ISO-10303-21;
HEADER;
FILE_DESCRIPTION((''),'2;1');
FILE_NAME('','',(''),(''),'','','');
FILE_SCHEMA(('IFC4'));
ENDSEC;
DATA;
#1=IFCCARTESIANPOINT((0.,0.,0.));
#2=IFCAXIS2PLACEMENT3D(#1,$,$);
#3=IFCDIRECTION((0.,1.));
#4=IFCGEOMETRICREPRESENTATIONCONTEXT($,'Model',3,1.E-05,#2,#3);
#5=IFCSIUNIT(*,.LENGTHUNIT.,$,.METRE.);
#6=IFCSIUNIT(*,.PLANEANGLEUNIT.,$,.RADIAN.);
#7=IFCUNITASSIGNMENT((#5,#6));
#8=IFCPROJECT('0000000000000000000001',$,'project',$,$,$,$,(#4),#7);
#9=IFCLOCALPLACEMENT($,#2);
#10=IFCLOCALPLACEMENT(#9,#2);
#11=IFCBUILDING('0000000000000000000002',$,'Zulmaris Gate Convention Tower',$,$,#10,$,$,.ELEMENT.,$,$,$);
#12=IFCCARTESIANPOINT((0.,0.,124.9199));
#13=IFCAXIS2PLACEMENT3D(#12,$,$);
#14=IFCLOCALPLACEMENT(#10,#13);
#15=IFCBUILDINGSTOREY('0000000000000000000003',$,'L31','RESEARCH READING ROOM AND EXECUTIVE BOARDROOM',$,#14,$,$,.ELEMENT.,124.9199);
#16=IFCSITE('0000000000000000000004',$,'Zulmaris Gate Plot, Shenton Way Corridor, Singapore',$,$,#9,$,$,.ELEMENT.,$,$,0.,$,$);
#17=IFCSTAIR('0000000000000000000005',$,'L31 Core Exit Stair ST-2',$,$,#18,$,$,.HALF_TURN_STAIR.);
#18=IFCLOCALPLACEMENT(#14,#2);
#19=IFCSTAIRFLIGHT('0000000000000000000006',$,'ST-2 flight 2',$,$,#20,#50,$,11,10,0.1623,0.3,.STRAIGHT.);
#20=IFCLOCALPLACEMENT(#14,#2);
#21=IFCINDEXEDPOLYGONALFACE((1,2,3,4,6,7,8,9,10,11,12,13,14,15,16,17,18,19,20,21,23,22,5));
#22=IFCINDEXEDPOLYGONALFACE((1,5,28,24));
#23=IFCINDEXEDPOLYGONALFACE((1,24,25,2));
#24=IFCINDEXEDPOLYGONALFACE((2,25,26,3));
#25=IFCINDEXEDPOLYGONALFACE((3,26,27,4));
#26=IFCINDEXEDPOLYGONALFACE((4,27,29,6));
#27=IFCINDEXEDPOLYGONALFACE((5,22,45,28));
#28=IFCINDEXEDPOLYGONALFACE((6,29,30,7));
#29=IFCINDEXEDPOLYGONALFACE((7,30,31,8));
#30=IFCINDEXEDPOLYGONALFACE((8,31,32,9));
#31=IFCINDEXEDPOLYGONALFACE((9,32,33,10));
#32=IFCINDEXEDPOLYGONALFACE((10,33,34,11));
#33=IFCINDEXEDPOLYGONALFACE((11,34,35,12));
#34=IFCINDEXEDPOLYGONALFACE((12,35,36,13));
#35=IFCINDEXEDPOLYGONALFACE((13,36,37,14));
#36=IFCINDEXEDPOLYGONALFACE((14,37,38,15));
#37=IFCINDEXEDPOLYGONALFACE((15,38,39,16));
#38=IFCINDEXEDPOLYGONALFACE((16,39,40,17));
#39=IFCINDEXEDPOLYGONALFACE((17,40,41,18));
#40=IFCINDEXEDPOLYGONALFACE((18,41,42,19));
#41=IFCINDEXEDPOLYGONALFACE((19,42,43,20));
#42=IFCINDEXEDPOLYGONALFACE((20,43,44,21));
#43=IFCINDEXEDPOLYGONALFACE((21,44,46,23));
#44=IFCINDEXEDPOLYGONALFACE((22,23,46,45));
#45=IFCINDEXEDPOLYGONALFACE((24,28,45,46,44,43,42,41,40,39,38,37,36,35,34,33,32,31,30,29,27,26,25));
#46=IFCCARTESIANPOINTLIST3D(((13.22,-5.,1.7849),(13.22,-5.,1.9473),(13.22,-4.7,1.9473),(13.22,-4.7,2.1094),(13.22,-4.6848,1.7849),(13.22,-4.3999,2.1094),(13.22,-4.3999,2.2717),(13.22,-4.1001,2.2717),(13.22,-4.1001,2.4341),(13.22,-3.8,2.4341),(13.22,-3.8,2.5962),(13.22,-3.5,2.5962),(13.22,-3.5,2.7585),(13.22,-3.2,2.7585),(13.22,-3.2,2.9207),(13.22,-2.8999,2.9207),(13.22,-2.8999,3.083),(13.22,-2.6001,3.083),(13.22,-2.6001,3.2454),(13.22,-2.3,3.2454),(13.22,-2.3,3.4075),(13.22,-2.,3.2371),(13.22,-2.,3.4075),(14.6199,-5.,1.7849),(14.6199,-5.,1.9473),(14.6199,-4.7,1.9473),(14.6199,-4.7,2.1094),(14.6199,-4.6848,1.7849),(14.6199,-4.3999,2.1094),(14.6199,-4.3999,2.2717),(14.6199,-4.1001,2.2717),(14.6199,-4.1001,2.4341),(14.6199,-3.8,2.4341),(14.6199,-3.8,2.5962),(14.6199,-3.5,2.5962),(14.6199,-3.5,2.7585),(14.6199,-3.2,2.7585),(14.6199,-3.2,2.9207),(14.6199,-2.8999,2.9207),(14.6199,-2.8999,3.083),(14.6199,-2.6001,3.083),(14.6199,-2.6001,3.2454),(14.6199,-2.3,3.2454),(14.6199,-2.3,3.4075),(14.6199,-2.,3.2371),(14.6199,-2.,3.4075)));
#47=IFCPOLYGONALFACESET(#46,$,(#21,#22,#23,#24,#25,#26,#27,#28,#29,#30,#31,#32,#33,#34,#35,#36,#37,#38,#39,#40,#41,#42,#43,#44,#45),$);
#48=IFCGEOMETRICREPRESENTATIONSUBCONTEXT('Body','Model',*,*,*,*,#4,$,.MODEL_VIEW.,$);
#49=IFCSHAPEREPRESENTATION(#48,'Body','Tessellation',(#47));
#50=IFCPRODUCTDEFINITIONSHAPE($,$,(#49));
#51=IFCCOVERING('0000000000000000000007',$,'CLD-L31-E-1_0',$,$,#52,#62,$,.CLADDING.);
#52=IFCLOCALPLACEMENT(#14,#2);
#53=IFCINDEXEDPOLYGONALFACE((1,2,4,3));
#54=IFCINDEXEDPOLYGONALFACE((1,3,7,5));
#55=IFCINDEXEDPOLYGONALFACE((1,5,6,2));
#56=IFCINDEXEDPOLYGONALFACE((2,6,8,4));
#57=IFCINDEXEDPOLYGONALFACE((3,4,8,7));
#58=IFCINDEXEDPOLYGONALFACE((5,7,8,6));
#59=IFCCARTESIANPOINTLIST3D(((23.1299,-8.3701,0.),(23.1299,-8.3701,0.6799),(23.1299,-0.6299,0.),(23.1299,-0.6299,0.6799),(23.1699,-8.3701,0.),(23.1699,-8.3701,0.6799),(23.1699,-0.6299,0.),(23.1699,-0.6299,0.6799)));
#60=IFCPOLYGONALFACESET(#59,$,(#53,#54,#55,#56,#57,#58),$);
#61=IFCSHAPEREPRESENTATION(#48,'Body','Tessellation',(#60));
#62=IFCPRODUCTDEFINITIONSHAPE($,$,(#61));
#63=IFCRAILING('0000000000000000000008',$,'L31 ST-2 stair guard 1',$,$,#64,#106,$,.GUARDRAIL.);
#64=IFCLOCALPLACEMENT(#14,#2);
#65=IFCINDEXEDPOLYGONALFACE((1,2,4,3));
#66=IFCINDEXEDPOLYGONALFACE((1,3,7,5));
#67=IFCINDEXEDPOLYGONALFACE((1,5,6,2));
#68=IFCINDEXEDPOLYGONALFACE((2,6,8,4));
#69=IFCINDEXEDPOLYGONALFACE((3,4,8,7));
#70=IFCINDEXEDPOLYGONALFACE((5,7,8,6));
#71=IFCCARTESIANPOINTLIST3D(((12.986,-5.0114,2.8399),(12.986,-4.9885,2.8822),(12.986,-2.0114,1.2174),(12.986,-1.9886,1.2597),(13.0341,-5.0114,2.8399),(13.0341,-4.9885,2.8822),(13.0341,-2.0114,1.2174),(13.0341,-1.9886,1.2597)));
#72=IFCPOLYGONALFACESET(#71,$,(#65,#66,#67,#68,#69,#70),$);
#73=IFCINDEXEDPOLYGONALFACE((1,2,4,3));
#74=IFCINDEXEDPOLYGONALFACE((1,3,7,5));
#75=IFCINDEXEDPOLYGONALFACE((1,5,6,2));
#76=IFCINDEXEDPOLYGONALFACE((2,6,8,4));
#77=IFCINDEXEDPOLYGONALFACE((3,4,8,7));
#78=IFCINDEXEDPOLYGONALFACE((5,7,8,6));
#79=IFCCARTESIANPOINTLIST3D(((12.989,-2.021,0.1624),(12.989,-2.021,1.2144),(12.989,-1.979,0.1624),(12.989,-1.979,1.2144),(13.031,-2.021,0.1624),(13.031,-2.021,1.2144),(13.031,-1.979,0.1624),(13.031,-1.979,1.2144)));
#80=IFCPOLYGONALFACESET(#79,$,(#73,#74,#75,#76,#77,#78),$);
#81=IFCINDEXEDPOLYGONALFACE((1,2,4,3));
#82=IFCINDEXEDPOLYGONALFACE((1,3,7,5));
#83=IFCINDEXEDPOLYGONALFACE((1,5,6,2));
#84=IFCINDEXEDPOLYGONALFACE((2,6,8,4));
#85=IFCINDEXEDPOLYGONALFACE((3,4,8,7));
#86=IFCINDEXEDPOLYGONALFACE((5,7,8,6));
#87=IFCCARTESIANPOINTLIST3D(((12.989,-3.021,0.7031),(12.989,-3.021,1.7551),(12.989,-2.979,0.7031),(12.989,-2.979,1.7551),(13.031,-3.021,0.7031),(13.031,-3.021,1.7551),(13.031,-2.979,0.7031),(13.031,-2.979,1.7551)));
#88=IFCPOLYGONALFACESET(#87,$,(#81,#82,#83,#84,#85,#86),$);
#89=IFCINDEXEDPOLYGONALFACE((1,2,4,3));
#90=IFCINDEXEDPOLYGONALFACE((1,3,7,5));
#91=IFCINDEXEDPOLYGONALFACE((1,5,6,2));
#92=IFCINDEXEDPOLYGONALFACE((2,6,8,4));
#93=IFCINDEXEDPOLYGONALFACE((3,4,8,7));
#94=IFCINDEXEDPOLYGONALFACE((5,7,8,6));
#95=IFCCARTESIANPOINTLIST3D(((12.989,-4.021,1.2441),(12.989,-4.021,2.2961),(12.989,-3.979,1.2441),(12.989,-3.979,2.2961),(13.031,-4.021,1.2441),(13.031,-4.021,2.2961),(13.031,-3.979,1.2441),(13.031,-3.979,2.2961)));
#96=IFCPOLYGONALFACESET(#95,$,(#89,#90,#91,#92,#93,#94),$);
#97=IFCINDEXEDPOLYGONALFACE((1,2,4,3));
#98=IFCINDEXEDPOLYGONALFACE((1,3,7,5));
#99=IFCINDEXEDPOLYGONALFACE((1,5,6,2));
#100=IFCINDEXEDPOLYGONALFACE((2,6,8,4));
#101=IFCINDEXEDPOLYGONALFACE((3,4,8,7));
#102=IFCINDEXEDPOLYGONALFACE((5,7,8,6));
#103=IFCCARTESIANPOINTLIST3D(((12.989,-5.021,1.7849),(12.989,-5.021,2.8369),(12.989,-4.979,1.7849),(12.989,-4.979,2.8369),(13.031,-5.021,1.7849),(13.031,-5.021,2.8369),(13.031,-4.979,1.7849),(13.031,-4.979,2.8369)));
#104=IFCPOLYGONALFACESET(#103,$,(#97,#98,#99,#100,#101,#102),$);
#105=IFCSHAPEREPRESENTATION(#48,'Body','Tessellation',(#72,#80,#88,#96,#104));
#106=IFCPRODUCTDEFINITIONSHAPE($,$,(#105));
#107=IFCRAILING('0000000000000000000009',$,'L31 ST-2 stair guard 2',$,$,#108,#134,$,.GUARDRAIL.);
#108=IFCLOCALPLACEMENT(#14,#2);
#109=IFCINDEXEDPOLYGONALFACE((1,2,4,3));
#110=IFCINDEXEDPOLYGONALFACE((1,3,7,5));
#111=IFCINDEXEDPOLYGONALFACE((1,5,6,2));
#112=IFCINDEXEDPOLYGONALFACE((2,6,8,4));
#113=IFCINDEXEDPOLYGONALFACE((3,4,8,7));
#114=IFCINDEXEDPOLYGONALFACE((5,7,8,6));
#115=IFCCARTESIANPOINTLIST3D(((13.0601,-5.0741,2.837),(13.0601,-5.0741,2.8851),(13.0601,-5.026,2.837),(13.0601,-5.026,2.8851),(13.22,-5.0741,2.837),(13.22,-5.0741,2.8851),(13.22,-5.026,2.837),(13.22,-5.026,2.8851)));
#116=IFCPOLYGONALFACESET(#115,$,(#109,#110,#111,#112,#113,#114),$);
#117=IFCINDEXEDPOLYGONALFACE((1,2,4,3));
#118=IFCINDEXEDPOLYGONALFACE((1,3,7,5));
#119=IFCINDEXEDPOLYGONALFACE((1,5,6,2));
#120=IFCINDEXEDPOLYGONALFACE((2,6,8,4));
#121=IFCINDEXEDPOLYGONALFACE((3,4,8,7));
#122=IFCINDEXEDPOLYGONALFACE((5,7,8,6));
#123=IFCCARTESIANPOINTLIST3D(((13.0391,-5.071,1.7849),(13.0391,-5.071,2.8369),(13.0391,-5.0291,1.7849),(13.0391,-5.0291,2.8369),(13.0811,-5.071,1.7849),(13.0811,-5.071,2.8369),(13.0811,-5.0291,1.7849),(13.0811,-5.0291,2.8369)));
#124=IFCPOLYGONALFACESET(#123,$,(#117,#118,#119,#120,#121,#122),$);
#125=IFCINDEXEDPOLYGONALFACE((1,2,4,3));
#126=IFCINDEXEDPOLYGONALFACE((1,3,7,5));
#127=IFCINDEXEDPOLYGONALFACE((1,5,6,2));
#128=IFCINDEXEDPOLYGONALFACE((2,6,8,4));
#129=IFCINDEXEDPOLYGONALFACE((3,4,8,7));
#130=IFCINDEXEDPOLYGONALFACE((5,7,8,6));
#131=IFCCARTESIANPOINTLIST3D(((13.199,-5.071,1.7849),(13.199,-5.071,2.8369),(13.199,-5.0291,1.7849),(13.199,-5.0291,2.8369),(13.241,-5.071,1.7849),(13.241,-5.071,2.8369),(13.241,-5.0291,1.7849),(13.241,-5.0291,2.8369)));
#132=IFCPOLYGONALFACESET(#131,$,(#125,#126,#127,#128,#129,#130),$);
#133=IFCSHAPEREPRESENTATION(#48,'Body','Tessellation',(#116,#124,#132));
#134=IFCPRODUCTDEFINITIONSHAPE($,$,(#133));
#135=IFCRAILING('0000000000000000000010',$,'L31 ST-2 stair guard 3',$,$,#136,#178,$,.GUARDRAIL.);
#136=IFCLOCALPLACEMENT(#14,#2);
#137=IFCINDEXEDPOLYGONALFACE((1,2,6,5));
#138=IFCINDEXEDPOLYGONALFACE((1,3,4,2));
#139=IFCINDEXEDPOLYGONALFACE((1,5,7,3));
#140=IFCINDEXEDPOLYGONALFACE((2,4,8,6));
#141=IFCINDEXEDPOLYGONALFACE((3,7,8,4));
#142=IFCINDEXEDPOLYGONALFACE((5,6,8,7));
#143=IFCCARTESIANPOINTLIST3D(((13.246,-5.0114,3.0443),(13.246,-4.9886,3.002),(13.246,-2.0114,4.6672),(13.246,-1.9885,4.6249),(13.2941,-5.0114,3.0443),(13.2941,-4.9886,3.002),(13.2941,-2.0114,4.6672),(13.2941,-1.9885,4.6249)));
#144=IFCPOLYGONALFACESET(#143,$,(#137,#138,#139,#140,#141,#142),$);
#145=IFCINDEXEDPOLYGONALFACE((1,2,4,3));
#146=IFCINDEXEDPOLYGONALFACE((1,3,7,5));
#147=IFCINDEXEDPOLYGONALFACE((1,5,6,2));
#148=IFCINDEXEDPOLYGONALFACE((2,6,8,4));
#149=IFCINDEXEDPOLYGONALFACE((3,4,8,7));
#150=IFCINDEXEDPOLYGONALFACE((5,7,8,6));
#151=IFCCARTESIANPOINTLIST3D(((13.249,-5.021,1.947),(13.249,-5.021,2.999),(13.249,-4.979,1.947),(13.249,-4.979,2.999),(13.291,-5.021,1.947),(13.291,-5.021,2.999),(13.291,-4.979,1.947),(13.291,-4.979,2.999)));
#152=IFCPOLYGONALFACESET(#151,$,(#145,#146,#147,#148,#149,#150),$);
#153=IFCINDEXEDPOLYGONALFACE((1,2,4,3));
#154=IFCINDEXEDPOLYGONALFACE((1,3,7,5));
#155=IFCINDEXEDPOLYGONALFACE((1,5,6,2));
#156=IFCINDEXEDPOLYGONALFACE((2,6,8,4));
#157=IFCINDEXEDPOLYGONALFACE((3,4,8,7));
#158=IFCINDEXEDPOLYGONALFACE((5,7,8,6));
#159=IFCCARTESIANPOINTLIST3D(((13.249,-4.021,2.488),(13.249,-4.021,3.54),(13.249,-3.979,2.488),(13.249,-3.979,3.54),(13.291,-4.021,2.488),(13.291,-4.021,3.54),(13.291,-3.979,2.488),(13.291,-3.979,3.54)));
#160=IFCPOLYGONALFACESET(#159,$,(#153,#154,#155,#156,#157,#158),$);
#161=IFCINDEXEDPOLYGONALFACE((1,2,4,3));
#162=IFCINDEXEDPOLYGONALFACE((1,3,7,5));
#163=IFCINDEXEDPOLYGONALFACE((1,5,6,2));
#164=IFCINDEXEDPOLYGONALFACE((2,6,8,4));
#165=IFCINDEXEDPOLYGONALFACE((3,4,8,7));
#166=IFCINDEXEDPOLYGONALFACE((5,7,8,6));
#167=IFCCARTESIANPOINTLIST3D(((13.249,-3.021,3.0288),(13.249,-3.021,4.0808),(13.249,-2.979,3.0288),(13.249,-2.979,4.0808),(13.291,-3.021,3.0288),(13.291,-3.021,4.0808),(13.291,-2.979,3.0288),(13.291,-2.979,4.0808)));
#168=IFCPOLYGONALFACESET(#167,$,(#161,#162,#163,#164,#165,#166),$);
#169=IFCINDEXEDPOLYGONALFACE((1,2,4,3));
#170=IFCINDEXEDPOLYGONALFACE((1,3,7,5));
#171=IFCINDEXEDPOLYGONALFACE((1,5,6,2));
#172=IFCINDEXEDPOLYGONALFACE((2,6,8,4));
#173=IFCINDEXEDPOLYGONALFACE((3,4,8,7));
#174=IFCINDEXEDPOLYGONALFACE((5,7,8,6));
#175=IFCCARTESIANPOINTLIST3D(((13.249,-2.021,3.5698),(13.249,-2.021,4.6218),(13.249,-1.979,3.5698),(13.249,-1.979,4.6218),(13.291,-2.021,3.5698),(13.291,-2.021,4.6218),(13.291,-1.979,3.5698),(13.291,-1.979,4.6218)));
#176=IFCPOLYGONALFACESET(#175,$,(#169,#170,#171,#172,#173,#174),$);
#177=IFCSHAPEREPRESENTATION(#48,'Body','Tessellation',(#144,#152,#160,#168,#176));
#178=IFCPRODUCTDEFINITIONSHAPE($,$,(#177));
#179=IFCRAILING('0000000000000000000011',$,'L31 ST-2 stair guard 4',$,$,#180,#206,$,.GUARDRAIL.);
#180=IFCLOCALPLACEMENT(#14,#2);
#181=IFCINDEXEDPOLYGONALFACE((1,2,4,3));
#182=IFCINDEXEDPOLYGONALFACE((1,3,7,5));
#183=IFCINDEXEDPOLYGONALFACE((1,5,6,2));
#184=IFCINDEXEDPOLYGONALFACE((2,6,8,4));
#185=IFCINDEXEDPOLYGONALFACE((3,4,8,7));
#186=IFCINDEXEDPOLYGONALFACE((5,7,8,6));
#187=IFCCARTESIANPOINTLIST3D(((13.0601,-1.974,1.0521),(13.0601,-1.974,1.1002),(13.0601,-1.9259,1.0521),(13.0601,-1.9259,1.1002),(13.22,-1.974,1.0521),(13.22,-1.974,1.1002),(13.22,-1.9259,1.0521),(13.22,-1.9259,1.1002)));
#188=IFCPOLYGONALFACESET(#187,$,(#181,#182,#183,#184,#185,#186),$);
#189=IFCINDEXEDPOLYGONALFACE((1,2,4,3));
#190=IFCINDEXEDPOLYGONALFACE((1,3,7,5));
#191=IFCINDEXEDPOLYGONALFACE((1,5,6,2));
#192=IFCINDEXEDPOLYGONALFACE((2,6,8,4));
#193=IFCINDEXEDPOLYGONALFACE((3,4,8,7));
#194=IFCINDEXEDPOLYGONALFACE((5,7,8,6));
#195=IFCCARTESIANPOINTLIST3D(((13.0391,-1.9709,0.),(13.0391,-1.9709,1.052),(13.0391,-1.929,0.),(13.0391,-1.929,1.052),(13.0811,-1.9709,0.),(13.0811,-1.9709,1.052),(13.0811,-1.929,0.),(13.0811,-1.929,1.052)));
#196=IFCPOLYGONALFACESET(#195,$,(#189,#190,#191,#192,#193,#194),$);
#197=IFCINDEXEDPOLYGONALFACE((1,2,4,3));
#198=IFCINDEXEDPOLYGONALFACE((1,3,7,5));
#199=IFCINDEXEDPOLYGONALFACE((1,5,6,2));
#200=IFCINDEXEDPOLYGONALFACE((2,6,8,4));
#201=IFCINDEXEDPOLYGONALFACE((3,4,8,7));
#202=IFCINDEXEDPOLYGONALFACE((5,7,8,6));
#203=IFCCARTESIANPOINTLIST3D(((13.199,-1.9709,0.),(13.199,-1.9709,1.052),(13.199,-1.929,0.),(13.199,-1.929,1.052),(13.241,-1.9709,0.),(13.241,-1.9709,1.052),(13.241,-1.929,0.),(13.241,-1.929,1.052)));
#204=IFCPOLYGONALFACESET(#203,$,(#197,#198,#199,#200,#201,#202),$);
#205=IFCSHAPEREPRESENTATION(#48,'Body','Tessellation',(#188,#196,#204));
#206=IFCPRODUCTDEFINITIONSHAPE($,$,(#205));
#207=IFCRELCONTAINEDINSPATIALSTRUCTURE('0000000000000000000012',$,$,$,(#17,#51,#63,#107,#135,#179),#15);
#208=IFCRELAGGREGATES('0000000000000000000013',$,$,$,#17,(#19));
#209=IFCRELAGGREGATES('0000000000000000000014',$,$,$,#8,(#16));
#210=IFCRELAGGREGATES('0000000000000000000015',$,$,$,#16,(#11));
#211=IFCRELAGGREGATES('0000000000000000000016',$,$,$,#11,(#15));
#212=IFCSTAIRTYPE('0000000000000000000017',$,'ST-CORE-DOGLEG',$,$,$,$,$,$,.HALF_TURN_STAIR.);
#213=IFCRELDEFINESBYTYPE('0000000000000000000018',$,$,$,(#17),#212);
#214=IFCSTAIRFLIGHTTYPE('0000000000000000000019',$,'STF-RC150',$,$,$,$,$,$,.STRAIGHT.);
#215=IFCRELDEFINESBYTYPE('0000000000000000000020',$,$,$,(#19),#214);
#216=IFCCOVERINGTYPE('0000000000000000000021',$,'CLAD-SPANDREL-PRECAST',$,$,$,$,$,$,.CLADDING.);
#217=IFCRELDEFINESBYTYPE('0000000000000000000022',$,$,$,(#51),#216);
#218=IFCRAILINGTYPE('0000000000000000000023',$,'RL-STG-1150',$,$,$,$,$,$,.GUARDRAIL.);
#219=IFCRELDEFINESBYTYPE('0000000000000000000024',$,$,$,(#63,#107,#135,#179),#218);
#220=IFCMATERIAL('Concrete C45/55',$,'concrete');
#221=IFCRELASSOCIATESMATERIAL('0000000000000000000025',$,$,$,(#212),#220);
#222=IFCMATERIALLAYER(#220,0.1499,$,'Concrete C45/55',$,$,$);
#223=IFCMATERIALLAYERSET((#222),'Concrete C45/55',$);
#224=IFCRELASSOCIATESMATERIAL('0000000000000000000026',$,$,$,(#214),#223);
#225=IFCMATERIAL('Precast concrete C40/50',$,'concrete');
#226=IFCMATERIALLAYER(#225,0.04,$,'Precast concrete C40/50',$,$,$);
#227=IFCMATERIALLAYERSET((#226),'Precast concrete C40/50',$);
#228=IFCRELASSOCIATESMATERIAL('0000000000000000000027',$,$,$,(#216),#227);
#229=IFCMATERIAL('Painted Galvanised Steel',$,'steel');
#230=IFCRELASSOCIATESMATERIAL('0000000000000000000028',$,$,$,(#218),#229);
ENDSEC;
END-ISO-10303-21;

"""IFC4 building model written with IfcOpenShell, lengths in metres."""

from ifc_helpers import new_model, si_unit, direction, frame, frame_2d, origin, origin_2d, place, context, subcontext, project, spatial, polyline, rectangle, outline, extrude, material, layer, layer_set, type_object, element, aggregate, save


model = new_model("IFC4")

# Units and contexts
model_context = context("Model", 3, precision=1e-05, world=origin(), true_north=direction((0.0, 1.0)))
body_context = subcontext(model_context, "Body", "Model", "MODEL_VIEW")
ifc_project = project(units=[si_unit("LENGTHUNIT", "METRE"), si_unit("PLANEANGLEUNIT", "RADIAN")], contexts=[model_context])

# Site, building, storey
site_placement = place(None, origin())
site = spatial("IfcSite", under=ifc_project, at=site_placement, Name="Zulmaris Gate Plot, Shenton Way Corridor, Singapore", CompositionType="ELEMENT", RefElevation=0.0)
building_placement = place(site_placement, origin())
building = spatial("IfcBuilding", under=site, at=building_placement, Name="Zulmaris Gate Convention Tower", CompositionType="ELEMENT")
storey_placement = place(building_placement, frame((0.0, 0.0, 124.9199)))
storey = spatial("IfcBuildingStorey", under=building, at=storey_placement, Name="L31", Description="RESEARCH READING ROOM AND EXECUTIVE BOARDROOM", CompositionType="ELEMENT", Elevation=124.9199)

# Shared definitions
ifc_material_1 = material(Name="Precast concrete C40/50", Category="concrete")

# Stair, stair flight
ifc_material_2 = material(Name="Concrete C45/55", Category="concrete")
stair_type = type_object("IfcStairType", Name="ST-CORE-DOGLEG", PredefinedType="HALF_TURN_STAIR", material=ifc_material_2)
stair_placement = place(storey_placement, origin())
stair = element("IfcStair", 1, at=stair_placement, inside=storey, type_object=stair_type, Name="L31 Core Exit Stair ST-2", PredefinedType="HALF_TURN_STAIR")
ifc_layer_1 = layer(ifc_material_2, 0.1499, Name="Concrete C45/55")
ifc_layer_set_1 = layer_set([ifc_layer_1], Name="Concrete C45/55")
stair_flight_type = type_object("IfcStairFlightType", Name="STF-RC150", PredefinedType="STRAIGHT", material=ifc_layer_set_1)
stair_flight_placement = place(storey_placement, frame((13.9199, -5.0, 1.7849), z_axis=(0.0, 0.0, 1.0), x_axis=(0.0, 1.0, 0.0)))
stair_flight = element("IfcStairFlight", 2, at=stair_flight_placement, type_object=stair_flight_type, Name="ST-2 flight 2", NumberOfRisers=11, NumberOfTreads=10, PredefinedType="STRAIGHT", RiserHeight=0.1623, TreadLength=0.3, context=body_context, shape_type="SweptSolid", body=[
    extrude(outline(polyline([(0.0, 0.0), (0.0, 0.1624), (0.3, 0.1624), (0.3, 0.3245), (0.6001, 0.3245), (0.6001, 0.4868), (0.8999, 0.4868), (0.8999, 0.6492), (1.2, 0.6492), (1.2, 0.8113), (1.5, 0.8113), (1.5, 0.9736), (1.8, 0.9736), (1.8, 1.1357), (2.1001, 1.1357), (2.1001, 1.2981), (2.3999, 1.2981), (2.3999, 1.4604), (2.7, 1.4604), (2.7, 1.6226), (3.0, 1.6226), (3.0, 1.7849), (3.0, 1.4521), (0.3152, 0.0), (0.0, 0.0)])), frame((0.0, 0.7, 0.0), z_axis=(0.0, -1.0, 0.0), x_axis=(1.0, 0.0, 0.0)), (0.0, 0.0, 1.0), 1.3999),
])
aggregate(stair, [stair_flight])

# Covering
ifc_layer_2 = layer(ifc_material_1, 0.04, Name="Precast concrete C40/50")
ifc_layer_set_2 = layer_set([ifc_layer_2], Name="Precast concrete C40/50")
covering_type = type_object("IfcCoveringType", Name="CLAD-SPANDREL-PRECAST", PredefinedType="CLADDING", material=ifc_layer_set_2)
covering_placement = place(storey_placement, frame((23.1499, -8.3701, 0.0), z_axis=(0.0, 0.0, 1.0), x_axis=(0.0, 1.0, 0.0)))
element("IfcCovering", 3, at=covering_placement, inside=storey, type_object=covering_type, Name="CLD-L31-E-1_0", PredefinedType="CLADDING", context=body_context, shape_type="SweptSolid", body=[
    extrude(rectangle(XDim=7.7402, YDim=0.04, at=frame_2d((3.8701, 0.0))), origin(), (0.0, 0.0, 1.0), 0.6799),
])

# Railings
ifc_material_3 = material(Name="Painted Galvanised Steel", Category="steel")
railing_type_1 = type_object("IfcRailingType", Name="RL-STG-1150", PredefinedType="GUARDRAIL", material=ifc_material_3)
railing_1_placement = place(storey_placement, frame((13.01, -2.0, 0.1624)))
element("IfcRailing", 4, at=railing_1_placement, inside=storey, type_object=railing_type_1, Name="L31 ST-2 stair guard 1", PredefinedType="GUARDRAIL", context=body_context, shape_type="SweptSolid", body=[
    extrude(rectangle(XDim=0.0481, YDim=0.0481, at=origin_2d()), frame((0.0, 0.0, 1.0762), z_axis=(0.0, -0.879592, 0.47573), x_axis=(1.0, 0.0, 0.0)), (0.0, 0.0, 1.0), 3.4106),
    extrude(rectangle(XDim=0.042, YDim=0.042, at=origin_2d()), origin(), (0.0, 0.0, 1.0), 1.052),
    extrude(rectangle(XDim=0.042, YDim=0.042, at=origin_2d()), frame((0.0, -1.0, 0.5408)), (0.0, 0.0, 1.0), 1.052),
    extrude(rectangle(XDim=0.042, YDim=0.042, at=origin_2d()), frame((0.0, -2.0, 1.0818)), (0.0, 0.0, 1.0), 1.052),
    extrude(rectangle(XDim=0.042, YDim=0.042, at=origin_2d()), frame((0.0, -3.0, 1.6226)), (0.0, 0.0, 1.0), 1.052),
])
railing_2_placement = place(storey_placement, frame((13.0601, -5.05, 1.7849)))
element("IfcRailing", 5, at=railing_2_placement, inside=storey, type_object=railing_type_1, Name="L31 ST-2 stair guard 2", PredefinedType="GUARDRAIL", context=body_context, shape_type="SweptSolid", body=[
    extrude(rectangle(XDim=0.0481, YDim=0.0481, at=origin_2d()), frame((0.0, 0.0, 1.0762), z_axis=(1.0, 0.0, 0.0), x_axis=(0.0, 1.0, 0.0)), (0.0, 0.0, 1.0), 0.1599),
    extrude(rectangle(XDim=0.042, YDim=0.042, at=origin_2d()), origin(), (0.0, 0.0, 1.0), 1.052),
    extrude(rectangle(XDim=0.042, YDim=0.042, at=origin_2d()), frame((0.1599, 0.0, 0.0)), (0.0, 0.0, 1.0), 1.052),
])
railing_3_placement = place(storey_placement, frame((13.27, -5.0, 1.947)))
element("IfcRailing", 6, at=railing_3_placement, inside=storey, type_object=railing_type_1, Name="L31 ST-2 stair guard 3", PredefinedType="GUARDRAIL", context=body_context, shape_type="SweptSolid", body=[
    extrude(rectangle(XDim=0.0481, YDim=0.0481, at=origin_2d()), frame((0.0, 0.0, 1.0762), z_axis=(0.0, 0.879562, 0.475785), x_axis=(-1.0, 0.0, 0.0)), (0.0, 0.0, 1.0), 3.4109),
    extrude(rectangle(XDim=0.042, YDim=0.042, at=origin_2d()), origin(), (0.0, 0.0, 1.0), 1.052),
    extrude(rectangle(XDim=0.042, YDim=0.042, at=origin_2d()), frame((0.0, 1.0, 0.541)), (0.0, 0.0, 1.0), 1.052),
    extrude(rectangle(XDim=0.042, YDim=0.042, at=origin_2d()), frame((0.0, 2.0, 1.0818)), (0.0, 0.0, 1.0), 1.052),
    extrude(rectangle(XDim=0.042, YDim=0.042, at=origin_2d()), frame((0.0, 3.0, 1.6228)), (0.0, 0.0, 1.0), 1.052),
])
railing_4_placement = place(storey_placement, frame((13.0601, -1.95, 0.0)))
element("IfcRailing", 7, at=railing_4_placement, inside=storey, type_object=railing_type_1, Name="L31 ST-2 stair guard 4", PredefinedType="GUARDRAIL", context=body_context, shape_type="SweptSolid", body=[
    extrude(rectangle(XDim=0.0481, YDim=0.0481, at=origin_2d()), frame((0.0, 0.0, 1.0762), z_axis=(1.0, 0.0, 0.0), x_axis=(0.0, 1.0, 0.0)), (0.0, 0.0, 1.0), 0.1599),
    extrude(rectangle(XDim=0.042, YDim=0.042, at=origin_2d()), origin(), (0.0, 0.0, 1.0), 1.052),
    extrude(rectangle(XDim=0.042, YDim=0.042, at=origin_2d()), frame((0.1599, 0.0, 0.0)), (0.0, 0.0, 1.0), 1.052),
])

save(model, "model.ifc")
